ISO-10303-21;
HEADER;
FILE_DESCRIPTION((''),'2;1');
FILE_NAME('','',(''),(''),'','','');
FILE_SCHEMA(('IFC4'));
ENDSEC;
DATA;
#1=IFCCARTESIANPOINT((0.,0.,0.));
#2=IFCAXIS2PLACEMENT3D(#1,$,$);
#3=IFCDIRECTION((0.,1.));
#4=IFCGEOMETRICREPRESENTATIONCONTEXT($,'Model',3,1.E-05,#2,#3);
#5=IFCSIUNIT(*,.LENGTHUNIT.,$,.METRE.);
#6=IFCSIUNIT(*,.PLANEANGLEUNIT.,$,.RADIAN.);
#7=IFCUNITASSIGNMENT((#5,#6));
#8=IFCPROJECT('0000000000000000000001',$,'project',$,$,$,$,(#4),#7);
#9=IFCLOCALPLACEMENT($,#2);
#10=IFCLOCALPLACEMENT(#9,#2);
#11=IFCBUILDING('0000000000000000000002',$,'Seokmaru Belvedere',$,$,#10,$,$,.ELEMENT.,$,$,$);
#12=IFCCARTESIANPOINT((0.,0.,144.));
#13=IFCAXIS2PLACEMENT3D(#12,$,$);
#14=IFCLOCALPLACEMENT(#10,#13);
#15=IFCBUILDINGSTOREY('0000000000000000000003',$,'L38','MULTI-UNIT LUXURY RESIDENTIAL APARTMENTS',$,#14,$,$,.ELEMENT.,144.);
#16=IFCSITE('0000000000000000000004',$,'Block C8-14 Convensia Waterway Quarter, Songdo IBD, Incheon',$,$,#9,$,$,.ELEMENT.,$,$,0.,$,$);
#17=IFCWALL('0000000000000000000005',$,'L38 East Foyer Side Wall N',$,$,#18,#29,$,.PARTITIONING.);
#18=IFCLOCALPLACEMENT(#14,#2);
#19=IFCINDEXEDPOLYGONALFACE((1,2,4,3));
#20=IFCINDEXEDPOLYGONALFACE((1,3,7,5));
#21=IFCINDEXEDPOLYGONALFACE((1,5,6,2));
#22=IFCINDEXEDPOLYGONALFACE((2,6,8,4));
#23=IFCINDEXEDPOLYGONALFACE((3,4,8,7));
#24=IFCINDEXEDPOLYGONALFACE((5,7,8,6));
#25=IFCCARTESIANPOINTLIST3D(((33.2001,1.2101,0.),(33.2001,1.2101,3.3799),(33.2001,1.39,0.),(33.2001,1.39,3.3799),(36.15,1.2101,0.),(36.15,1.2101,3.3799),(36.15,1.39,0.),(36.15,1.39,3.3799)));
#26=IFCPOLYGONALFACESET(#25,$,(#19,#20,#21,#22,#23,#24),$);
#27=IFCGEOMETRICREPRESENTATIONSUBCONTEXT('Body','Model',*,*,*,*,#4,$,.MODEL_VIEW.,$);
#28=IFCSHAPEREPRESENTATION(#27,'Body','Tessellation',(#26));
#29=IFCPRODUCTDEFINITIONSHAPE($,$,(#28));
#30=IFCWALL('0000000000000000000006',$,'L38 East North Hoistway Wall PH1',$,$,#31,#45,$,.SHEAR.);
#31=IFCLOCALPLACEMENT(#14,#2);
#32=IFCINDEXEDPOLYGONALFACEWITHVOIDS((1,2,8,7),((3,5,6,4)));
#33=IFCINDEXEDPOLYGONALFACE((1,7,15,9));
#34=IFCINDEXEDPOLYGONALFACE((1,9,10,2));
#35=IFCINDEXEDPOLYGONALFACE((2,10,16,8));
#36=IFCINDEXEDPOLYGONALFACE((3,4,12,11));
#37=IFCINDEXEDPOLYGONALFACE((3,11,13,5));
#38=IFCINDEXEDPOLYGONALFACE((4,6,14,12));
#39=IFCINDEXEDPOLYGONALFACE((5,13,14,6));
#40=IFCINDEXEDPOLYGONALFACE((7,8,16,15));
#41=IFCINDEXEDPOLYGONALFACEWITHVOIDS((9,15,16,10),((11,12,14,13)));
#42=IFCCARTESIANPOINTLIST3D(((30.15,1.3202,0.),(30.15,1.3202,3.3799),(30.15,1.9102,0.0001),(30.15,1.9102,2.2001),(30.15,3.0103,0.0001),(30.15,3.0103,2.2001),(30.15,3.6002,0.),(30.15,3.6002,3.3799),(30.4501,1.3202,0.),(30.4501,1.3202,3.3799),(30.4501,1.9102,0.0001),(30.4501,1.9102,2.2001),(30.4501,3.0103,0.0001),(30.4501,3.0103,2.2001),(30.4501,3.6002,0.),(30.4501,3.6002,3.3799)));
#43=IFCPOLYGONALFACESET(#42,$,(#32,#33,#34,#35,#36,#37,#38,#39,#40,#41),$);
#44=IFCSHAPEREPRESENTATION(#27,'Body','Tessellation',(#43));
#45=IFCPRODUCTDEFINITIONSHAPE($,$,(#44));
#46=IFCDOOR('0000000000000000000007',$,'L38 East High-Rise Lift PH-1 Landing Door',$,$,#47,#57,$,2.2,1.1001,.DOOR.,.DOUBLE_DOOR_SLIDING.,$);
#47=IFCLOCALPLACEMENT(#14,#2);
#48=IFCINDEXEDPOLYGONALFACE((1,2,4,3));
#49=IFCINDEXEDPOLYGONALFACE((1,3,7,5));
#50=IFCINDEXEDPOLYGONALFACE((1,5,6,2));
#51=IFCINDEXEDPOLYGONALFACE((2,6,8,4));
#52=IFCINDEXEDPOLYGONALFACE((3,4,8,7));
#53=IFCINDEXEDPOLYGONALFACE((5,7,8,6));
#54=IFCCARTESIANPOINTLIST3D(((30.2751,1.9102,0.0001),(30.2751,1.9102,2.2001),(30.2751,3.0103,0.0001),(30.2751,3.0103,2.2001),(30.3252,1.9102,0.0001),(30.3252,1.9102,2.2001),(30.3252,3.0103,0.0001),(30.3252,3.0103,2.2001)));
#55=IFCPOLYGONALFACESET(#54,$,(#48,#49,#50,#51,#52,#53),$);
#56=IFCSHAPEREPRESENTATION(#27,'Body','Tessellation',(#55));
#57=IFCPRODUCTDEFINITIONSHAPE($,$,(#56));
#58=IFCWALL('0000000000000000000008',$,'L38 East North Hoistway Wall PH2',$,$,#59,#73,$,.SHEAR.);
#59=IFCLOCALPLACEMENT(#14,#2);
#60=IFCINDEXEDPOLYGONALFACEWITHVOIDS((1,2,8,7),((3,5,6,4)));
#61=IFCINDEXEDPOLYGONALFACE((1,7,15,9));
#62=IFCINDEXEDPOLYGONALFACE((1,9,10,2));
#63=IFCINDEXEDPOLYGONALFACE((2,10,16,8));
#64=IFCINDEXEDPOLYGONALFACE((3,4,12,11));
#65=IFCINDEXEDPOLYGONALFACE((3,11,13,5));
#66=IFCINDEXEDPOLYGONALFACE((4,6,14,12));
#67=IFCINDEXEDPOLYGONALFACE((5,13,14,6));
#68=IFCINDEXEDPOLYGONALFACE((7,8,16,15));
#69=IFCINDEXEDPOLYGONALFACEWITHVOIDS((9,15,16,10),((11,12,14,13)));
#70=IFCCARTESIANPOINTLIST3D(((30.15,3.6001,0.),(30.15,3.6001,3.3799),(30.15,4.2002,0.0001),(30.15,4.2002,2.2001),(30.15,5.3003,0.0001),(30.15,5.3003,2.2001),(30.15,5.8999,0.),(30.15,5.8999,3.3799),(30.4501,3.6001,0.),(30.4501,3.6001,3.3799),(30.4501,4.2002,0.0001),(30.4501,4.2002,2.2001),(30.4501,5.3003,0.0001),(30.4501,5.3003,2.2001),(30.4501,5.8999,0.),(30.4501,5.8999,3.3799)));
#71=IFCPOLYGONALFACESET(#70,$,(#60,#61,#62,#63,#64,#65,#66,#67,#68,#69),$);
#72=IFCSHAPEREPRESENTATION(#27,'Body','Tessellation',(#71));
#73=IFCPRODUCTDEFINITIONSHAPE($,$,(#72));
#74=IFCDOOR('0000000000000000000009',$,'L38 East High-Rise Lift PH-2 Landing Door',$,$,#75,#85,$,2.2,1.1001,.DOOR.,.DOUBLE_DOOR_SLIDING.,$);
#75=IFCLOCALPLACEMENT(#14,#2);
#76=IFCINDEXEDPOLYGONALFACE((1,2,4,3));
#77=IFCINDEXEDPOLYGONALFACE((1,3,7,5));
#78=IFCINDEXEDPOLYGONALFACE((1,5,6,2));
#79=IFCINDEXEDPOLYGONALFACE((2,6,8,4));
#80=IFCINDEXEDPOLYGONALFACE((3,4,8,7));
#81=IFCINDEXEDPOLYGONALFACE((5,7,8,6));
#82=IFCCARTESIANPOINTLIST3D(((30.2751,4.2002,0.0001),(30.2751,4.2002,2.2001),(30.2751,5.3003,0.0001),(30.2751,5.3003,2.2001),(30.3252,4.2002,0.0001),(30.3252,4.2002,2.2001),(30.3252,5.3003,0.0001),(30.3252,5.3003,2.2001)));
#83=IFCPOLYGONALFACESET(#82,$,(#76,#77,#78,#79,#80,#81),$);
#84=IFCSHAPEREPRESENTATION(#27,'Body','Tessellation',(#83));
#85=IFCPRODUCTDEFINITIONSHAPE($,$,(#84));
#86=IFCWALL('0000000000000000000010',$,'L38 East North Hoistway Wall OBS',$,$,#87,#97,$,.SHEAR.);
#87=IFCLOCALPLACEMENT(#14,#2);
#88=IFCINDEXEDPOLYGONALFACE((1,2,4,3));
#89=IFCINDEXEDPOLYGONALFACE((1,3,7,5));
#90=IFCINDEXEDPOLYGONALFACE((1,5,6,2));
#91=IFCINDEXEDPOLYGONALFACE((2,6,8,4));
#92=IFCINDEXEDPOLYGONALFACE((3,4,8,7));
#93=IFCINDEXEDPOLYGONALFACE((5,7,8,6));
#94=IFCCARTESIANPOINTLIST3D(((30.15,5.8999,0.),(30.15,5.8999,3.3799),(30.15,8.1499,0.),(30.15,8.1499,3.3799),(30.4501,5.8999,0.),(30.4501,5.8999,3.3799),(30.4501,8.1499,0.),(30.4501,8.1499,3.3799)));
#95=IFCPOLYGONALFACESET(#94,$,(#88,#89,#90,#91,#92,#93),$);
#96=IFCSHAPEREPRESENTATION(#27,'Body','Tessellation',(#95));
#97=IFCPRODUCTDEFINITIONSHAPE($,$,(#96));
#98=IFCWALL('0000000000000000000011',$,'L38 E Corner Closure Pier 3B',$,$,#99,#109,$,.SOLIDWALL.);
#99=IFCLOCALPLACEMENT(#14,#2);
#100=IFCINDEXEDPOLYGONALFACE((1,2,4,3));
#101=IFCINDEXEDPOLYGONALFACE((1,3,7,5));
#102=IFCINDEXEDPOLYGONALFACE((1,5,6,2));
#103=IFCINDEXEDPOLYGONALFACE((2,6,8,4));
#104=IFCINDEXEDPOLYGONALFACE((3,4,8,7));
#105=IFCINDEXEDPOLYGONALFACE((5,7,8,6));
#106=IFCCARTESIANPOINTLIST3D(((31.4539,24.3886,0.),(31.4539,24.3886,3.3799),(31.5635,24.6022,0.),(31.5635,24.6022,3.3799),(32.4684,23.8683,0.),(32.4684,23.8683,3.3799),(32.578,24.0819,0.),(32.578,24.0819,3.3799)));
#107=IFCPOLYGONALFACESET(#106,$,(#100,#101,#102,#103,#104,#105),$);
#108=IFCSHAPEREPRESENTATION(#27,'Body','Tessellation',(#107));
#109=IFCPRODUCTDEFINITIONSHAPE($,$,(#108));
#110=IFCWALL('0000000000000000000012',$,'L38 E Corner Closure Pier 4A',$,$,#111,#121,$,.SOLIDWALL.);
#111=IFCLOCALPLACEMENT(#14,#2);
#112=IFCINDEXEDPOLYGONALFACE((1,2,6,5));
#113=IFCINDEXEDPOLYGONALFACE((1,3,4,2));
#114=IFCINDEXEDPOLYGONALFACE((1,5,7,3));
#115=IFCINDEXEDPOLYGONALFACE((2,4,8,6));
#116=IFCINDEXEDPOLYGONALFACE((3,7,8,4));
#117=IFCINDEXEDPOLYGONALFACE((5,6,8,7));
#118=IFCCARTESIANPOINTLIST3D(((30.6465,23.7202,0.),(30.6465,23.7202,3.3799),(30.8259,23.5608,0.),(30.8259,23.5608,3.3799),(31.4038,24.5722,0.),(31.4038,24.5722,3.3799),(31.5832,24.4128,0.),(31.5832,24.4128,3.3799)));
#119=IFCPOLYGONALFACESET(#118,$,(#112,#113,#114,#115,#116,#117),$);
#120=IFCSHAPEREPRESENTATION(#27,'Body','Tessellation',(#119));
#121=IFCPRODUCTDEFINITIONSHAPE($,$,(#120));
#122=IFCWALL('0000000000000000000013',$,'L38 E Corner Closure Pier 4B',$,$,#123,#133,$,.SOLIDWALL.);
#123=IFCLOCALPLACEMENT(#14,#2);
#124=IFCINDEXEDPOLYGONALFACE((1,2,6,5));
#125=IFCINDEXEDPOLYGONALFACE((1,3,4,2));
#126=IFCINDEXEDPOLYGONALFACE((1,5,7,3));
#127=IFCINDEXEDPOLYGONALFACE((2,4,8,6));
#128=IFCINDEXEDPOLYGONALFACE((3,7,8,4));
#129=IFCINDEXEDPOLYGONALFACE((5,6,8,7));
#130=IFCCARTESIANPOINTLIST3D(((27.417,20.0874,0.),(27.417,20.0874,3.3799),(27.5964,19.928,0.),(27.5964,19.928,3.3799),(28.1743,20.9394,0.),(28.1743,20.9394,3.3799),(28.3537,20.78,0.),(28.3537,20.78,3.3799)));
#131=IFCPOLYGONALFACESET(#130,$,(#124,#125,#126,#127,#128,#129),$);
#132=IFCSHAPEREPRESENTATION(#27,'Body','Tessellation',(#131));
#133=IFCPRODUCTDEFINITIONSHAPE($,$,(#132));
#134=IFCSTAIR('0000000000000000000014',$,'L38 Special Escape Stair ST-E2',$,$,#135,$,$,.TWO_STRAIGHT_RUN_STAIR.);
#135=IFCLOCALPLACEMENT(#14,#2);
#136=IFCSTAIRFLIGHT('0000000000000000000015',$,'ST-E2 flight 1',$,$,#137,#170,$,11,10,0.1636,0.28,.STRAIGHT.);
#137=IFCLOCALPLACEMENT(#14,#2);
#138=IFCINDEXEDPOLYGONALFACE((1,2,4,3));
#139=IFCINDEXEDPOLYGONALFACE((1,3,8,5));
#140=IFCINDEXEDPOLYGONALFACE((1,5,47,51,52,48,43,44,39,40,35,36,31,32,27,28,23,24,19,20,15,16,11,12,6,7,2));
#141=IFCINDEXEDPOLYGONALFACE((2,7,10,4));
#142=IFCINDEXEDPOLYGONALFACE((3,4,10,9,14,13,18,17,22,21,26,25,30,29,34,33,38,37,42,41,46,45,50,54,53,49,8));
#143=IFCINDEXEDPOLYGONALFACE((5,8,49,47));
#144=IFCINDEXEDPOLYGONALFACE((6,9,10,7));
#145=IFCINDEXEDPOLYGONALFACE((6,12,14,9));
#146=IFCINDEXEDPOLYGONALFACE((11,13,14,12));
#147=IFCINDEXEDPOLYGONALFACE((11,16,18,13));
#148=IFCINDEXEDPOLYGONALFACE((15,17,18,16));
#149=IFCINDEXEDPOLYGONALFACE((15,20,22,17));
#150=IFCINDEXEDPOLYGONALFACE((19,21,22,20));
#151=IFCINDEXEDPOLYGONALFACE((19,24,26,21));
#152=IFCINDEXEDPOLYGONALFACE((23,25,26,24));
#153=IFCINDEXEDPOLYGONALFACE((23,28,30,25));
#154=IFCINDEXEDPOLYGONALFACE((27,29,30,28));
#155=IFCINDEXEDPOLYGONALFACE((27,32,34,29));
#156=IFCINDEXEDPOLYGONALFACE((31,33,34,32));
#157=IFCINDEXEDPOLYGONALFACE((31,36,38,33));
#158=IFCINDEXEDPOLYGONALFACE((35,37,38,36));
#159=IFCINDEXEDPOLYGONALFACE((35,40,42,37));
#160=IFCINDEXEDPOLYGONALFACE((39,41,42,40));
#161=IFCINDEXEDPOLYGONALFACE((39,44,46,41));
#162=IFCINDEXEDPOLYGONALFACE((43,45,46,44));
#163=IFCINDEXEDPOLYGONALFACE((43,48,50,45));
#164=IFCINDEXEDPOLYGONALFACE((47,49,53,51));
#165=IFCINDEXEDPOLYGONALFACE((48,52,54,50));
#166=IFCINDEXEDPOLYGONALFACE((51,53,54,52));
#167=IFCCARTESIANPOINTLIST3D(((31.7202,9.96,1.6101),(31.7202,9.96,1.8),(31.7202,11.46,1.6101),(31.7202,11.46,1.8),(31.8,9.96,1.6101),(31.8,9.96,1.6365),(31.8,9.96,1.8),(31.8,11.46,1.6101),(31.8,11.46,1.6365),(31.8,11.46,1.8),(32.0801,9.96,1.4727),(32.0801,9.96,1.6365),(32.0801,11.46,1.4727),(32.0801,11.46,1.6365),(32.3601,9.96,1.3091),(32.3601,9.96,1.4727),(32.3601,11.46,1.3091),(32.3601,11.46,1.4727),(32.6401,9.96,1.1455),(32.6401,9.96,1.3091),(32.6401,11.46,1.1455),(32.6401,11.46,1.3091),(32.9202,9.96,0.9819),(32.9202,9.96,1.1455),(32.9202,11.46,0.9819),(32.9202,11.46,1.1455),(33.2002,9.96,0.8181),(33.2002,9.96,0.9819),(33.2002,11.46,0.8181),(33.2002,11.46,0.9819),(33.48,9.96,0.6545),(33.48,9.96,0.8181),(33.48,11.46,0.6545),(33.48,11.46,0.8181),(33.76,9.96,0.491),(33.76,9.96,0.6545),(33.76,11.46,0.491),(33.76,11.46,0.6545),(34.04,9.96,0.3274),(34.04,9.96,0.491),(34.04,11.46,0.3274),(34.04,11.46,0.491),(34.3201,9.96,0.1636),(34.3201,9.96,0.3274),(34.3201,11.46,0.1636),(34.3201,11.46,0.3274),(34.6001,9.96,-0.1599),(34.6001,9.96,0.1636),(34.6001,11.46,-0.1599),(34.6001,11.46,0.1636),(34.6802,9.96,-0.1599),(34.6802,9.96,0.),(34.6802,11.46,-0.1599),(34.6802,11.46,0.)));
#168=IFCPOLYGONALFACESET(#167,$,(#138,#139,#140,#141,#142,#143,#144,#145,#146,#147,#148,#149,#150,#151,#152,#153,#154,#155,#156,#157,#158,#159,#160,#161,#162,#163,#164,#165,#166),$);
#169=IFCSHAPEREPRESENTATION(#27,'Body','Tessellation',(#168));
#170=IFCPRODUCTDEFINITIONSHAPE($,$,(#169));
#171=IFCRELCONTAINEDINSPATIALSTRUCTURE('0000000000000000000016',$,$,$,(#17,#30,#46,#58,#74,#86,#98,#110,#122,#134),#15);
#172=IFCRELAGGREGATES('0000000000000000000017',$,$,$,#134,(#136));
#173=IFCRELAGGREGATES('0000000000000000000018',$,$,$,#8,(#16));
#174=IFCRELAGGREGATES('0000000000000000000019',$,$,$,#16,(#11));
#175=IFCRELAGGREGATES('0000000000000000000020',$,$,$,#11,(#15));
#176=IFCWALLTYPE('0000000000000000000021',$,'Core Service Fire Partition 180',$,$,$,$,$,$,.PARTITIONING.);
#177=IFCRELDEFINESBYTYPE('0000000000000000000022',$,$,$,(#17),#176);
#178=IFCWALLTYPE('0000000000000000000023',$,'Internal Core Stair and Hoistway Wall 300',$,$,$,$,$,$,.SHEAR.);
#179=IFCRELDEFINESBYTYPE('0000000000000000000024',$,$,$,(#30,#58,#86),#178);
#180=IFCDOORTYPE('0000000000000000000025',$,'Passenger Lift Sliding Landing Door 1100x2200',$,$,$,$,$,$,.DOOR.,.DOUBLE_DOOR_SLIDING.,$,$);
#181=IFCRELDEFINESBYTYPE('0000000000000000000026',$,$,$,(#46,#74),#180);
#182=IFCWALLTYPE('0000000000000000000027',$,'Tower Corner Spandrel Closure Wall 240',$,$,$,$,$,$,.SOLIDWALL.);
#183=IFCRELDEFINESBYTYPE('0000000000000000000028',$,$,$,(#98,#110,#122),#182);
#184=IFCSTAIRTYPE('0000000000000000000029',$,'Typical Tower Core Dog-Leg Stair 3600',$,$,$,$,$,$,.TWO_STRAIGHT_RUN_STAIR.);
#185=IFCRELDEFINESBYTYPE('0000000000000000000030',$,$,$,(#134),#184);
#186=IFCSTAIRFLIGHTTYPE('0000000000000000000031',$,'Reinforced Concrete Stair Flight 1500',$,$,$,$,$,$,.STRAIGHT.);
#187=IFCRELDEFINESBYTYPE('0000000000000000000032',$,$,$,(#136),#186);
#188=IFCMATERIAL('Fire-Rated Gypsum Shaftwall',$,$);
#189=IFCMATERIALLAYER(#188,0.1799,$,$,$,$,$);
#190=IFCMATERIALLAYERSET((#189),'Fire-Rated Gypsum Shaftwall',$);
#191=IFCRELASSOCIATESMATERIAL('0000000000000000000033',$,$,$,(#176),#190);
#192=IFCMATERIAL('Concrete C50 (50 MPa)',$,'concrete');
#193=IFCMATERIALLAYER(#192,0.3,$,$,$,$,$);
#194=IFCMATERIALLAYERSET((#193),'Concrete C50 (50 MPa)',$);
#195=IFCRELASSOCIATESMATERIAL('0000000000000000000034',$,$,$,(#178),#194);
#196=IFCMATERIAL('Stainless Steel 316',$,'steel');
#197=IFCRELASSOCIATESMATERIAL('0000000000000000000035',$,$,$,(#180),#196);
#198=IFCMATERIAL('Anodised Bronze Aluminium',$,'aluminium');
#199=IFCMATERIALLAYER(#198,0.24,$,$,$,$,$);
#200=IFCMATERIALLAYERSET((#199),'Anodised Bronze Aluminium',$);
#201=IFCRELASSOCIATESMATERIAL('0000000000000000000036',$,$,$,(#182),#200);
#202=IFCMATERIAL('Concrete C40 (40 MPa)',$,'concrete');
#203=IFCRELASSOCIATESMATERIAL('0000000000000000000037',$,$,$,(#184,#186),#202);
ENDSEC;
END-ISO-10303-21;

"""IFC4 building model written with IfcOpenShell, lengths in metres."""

from ifc_helpers import new_model, si_unit, direction, frame, frame_2d, origin, place, context, subcontext, project, spatial, polyline, rectangle, outline, extrude, source, transform, mapped, material, layer, layer_set, type_object, type_shapes, element, fill, aggregate, save


model = new_model("IFC4")

# Units and contexts
model_context = context("Model", 3, precision=1e-05, world=origin(), true_north=direction((0.0, 1.0)))
body_context = subcontext(model_context, "Body", "Model", "MODEL_VIEW")
ifc_project = project(units=[si_unit("LENGTHUNIT", "METRE"), si_unit("PLANEANGLEUNIT", "RADIAN")], contexts=[model_context])

# Site, building, storey
site_placement = place(None, origin())
site = spatial("IfcSite", under=ifc_project, at=site_placement, Name="Block C8-14 Convensia Waterway Quarter, Songdo IBD, Incheon", CompositionType="ELEMENT", RefElevation=0.0)
building_placement = place(site_placement, origin())
building = spatial("IfcBuilding", under=site, at=building_placement, Name="Seokmaru Belvedere", CompositionType="ELEMENT")
storey_placement = place(building_placement, frame((0.0, 0.0, 144.0)))
storey = spatial("IfcBuildingStorey", under=building, at=storey_placement, Name="L38", Description="MULTI-UNIT LUXURY RESIDENTIAL APARTMENTS", CompositionType="ELEMENT", Elevation=144.0)

# Shared definitions
ifc_material_1 = material(Name="Anodised Bronze Aluminium", Category="aluminium")

# Shared definitions
ifc_material_2 = material(Name="Fire-Rated Gypsum Shaftwall")
ifc_layer_1 = layer(ifc_material_2, 0.1799)
ifc_layer_set_1 = layer_set([ifc_layer_1], Name="Fire-Rated Gypsum Shaftwall")
wall_type_1 = type_object("IfcWallType", Name="Core Service Fire Partition 180", PredefinedType="PARTITIONING", material=ifc_layer_set_1)

# Wall
wall_1_placement = place(storey_placement, frame((33.2, 1.3, 0.0), z_axis=(0.0, 0.0, 1.0), x_axis=(1.0, 0.0, 0.0)))
element("IfcWall", 1, at=wall_1_placement, inside=storey, type_object=wall_type_1, Name="L38 East Foyer Side Wall N", PredefinedType="PARTITIONING", context=body_context, shape_type="SweptSolid", body=[
    extrude(rectangle(XDim=2.95, YDim=0.1799, at=frame_2d((1.4751, 0.0))), origin(), (0.0, 0.0, 1.0), 3.3799),
])

# Walls, openings, doors
ifc_material_3 = material(Name="Concrete C50 (50 MPa)", Category="concrete")
ifc_layer_2 = layer(ifc_material_3, 0.3)
ifc_layer_set_2 = layer_set([ifc_layer_2], Name="Concrete C50 (50 MPa)")
wall_type_2 = type_object("IfcWallType", Name="Internal Core Stair and Hoistway Wall 300", PredefinedType="SHEAR", material=ifc_layer_set_2)
wall_2_placement = place(storey_placement, frame((30.3, 1.3201, 0.0), z_axis=(0.0, 0.0, 1.0), x_axis=(0.0, 1.0, 0.0)))
wall_2 = element("IfcWall", 2, at=wall_2_placement, inside=storey, type_object=wall_type_2, Name="L38 East North Hoistway Wall PH1", PredefinedType="SHEAR", context=body_context, shape_type="SweptSolid", body=[
    extrude(rectangle(XDim=2.28, YDim=0.3, at=frame_2d((1.1401, 0.0))), origin(), (0.0, 0.0, 1.0), 3.3799),
])
opening_1_placement = place(wall_2_placement, frame((0.5901, 0.0, 0.0)))
opening_1 = element("IfcOpeningElement", 3, at=opening_1_placement, cuts=wall_2, PredefinedType="OPENING", context=body_context, shape_type="SweptSolid", body=[
    extrude(rectangle(XDim=1.1001, YDim=2.2, at=frame_2d((0.55, 1.1001))), frame((0.0, 0.1602, 0.0), z_axis=(0.0, -1.0, 0.0), x_axis=(1.0, 0.0, 0.0)), (0.0, 0.0, 1.0), 0.3201),
])
ifc_material_4 = material(Name="Stainless Steel 316", Category="steel")
door_type_1 = type_object("IfcDoorType", Name="Passenger Lift Sliding Landing Door 1100x2200", OperationType="DOUBLE_DOOR_SLIDING", PredefinedType="DOOR", material=ifc_material_4)
shared_shape_1 = source(origin(), body_context, "Body", "SweptSolid", [
    extrude(rectangle(XDim=1.1001, YDim=2.2, at=frame_2d((0.55, 1.1001))), frame((0.0, 0.0249, 0.0), z_axis=(0.0, -1.0, 0.0), x_axis=(1.0, 0.0, 0.0)), (0.0, 0.0, 1.0), 0.05),
])
type_shapes(door_type_1, [shared_shape_1])
door_1_placement = place(opening_1_placement, origin())
door_1 = element("IfcDoor", 4, at=door_1_placement, inside=storey, type_object=door_type_1, Name="L38 East High-Rise Lift PH-1 Landing Door", OperationType="DOUBLE_DOOR_SLIDING", OverallHeight=2.2, OverallWidth=1.1001, PredefinedType="DOOR", context=body_context, shape_type="MappedRepresentation", body=[
    mapped(shared_shape_1, transform((0.0, 0.0, 0.0), scale=1.0)),
])
fill(opening_1, door_1)
wall_3_placement = place(storey_placement, frame((30.3, 3.6001, 0.0), z_axis=(0.0, 0.0, 1.0), x_axis=(0.0, 1.0, 0.0)))
wall_3 = element("IfcWall", 5, at=wall_3_placement, inside=storey, type_object=wall_type_2, Name="L38 East North Hoistway Wall PH2", PredefinedType="SHEAR", context=body_context, shape_type="SweptSolid", body=[
    extrude(rectangle(XDim=2.2998, YDim=0.3, at=frame_2d((1.1499, 0.0))), origin(), (0.0, 0.0, 1.0), 3.3799),
])
opening_2_placement = place(wall_3_placement, frame((0.6001, 0.0, 0.0)))
opening_2 = element("IfcOpeningElement", 6, at=opening_2_placement, cuts=wall_3, PredefinedType="OPENING", context=body_context, shape_type="SweptSolid", body=[
    extrude(rectangle(XDim=1.1001, YDim=2.2, at=frame_2d((0.55, 1.1001))), frame((0.0, 0.1602, 0.0), z_axis=(0.0, -1.0, 0.0), x_axis=(1.0, 0.0, 0.0)), (0.0, 0.0, 1.0), 0.3201),
])
door_2_placement = place(opening_2_placement, origin())
door_2 = element("IfcDoor", 7, at=door_2_placement, inside=storey, type_object=door_type_1, Name="L38 East High-Rise Lift PH-2 Landing Door", OperationType="DOUBLE_DOOR_SLIDING", OverallHeight=2.2, OverallWidth=1.1001, PredefinedType="DOOR", context=body_context, shape_type="MappedRepresentation", body=[
    mapped(shared_shape_1, transform((0.0, 0.0, 0.0), scale=1.0)),
])
fill(opening_2, door_2)

# Wall
wall_4_placement = place(storey_placement, frame((30.3, 5.8999, 0.0), z_axis=(0.0, 0.0, 1.0), x_axis=(0.0, 1.0, 0.0)))
element("IfcWall", 8, at=wall_4_placement, inside=storey, type_object=wall_type_2, Name="L38 East North Hoistway Wall OBS", PredefinedType="SHEAR", context=body_context, shape_type="SweptSolid", body=[
    extrude(rectangle(XDim=2.25, YDim=0.3, at=frame_2d((1.125, 0.0))), origin(), (0.0, 0.0, 1.0), 3.3799),
])

# Walls
ifc_layer_3 = layer(ifc_material_1, 0.24)
ifc_layer_set_3 = layer_set([ifc_layer_3], Name="Anodised Bronze Aluminium")
wall_type_3 = type_object("IfcWallType", Name="Tower Corner Spandrel Closure Wall 240", PredefinedType="SOLIDWALL", material=ifc_layer_set_3)
wall_5_placement = place(storey_placement, frame((32.5232, 23.9751, 0.0), z_axis=(0.0, 0.0, 1.0), x_axis=(-0.889797, 0.456356, 0.0)))
element("IfcWall", 9, at=wall_5_placement, inside=storey, type_object=wall_type_3, Name="L38 E Corner Closure Pier 3B", PredefinedType="SOLIDWALL", context=body_context, shape_type="SweptSolid", body=[
    extrude(rectangle(XDim=1.1401, YDim=0.24, at=frame_2d((0.5701, 0.0))), origin(), (0.0, 0.0, 1.0), 3.3799),
])
for number, where, z_axis, x_axis, name in (
    (10, (31.4934, 24.4924, 0.0), (0.0, 0.0, 1.0), (-0.664337, -0.747433, 0.0), "L38 E Corner Closure Pier 4A"),
    (11, (28.2639, 20.8596, 0.0), (0.0, 0.0, 1.0), (-0.664337, -0.747433, 0.0), "L38 E Corner Closure Pier 4B"),
):
    element("IfcWall", number, at=place(storey_placement, frame(where, z_axis=z_axis, x_axis=x_axis)), inside=storey, type_object=wall_type_3, Name=name, PredefinedType="SOLIDWALL", context=body_context, shape_type="SweptSolid", body=[
        extrude(rectangle(XDim=1.1399, YDim=0.24, at=frame_2d((0.5698, 0.0))), origin(), (0.0, 0.0, 1.0), 3.3799),
    ])

# Stair, stair flight
ifc_material_5 = material(Name="Concrete C40 (40 MPa)", Category="concrete")
stair_type = type_object("IfcStairType", Name="Typical Tower Core Dog-Leg Stair 3600", PredefinedType="TWO_STRAIGHT_RUN_STAIR", material=ifc_material_5)
stair_placement = place(storey_placement, origin())
stair = element("IfcStair", 12, at=stair_placement, inside=storey, type_object=stair_type, Name="L38 Special Escape Stair ST-E2", PredefinedType="TWO_STRAIGHT_RUN_STAIR")
stair_flight_type = type_object("IfcStairFlightType", Name="Reinforced Concrete Stair Flight 1500", PredefinedType="STRAIGHT", material=ifc_material_5)
stair_flight_1_placement = place(storey_placement, frame((34.6001, 10.71, 0.0), z_axis=(0.0, 0.0, 1.0), x_axis=(-1.0, 0.0, 0.0)))
stair_flight_1 = element("IfcStairFlight", 13, at=stair_flight_1_placement, type_object=stair_flight_type, Name="ST-E2 flight 1", NumberOfRisers=11, NumberOfTreads=10, PredefinedType="STRAIGHT", RiserHeight=0.1636, TreadLength=0.28, context=body_context, shape_type="SweptSolid", body=[
    extrude(outline(polyline([(-0.0801, 0.0), (0.0, 0.1636), (0.28, 0.1636), (0.28, 0.3274), (0.5601, 0.3274), (0.5601, 0.491), (0.8401, 0.491), (0.8401, 0.6545), (1.1201, 0.6545), (1.1201, 0.8181), (1.3999, 0.8181), (1.3999, 0.9819), (1.6799, 0.9819), (1.6799, 1.1455), (1.96, 1.1455), (1.96, 1.3091), (2.24, 1.3091), (2.24, 1.4727), (2.52, 1.4727), (2.52, 1.6365), (2.8, 1.6365), (2.8, 1.8), (2.8799, 1.8), (2.8799, 1.6101), (2.8, 1.6101), (0.0, -0.1599), (-0.0801, -0.1599), (-0.0801, 0.0)])), frame((0.0, 0.75, 0.0), z_axis=(0.0, -1.0, 0.0), x_axis=(1.0, 0.0, 0.0)), (0.0, 0.0, 1.0), 1.5),
])
aggregate(stair, [stair_flight_1])

save(model, "model.ifc")
